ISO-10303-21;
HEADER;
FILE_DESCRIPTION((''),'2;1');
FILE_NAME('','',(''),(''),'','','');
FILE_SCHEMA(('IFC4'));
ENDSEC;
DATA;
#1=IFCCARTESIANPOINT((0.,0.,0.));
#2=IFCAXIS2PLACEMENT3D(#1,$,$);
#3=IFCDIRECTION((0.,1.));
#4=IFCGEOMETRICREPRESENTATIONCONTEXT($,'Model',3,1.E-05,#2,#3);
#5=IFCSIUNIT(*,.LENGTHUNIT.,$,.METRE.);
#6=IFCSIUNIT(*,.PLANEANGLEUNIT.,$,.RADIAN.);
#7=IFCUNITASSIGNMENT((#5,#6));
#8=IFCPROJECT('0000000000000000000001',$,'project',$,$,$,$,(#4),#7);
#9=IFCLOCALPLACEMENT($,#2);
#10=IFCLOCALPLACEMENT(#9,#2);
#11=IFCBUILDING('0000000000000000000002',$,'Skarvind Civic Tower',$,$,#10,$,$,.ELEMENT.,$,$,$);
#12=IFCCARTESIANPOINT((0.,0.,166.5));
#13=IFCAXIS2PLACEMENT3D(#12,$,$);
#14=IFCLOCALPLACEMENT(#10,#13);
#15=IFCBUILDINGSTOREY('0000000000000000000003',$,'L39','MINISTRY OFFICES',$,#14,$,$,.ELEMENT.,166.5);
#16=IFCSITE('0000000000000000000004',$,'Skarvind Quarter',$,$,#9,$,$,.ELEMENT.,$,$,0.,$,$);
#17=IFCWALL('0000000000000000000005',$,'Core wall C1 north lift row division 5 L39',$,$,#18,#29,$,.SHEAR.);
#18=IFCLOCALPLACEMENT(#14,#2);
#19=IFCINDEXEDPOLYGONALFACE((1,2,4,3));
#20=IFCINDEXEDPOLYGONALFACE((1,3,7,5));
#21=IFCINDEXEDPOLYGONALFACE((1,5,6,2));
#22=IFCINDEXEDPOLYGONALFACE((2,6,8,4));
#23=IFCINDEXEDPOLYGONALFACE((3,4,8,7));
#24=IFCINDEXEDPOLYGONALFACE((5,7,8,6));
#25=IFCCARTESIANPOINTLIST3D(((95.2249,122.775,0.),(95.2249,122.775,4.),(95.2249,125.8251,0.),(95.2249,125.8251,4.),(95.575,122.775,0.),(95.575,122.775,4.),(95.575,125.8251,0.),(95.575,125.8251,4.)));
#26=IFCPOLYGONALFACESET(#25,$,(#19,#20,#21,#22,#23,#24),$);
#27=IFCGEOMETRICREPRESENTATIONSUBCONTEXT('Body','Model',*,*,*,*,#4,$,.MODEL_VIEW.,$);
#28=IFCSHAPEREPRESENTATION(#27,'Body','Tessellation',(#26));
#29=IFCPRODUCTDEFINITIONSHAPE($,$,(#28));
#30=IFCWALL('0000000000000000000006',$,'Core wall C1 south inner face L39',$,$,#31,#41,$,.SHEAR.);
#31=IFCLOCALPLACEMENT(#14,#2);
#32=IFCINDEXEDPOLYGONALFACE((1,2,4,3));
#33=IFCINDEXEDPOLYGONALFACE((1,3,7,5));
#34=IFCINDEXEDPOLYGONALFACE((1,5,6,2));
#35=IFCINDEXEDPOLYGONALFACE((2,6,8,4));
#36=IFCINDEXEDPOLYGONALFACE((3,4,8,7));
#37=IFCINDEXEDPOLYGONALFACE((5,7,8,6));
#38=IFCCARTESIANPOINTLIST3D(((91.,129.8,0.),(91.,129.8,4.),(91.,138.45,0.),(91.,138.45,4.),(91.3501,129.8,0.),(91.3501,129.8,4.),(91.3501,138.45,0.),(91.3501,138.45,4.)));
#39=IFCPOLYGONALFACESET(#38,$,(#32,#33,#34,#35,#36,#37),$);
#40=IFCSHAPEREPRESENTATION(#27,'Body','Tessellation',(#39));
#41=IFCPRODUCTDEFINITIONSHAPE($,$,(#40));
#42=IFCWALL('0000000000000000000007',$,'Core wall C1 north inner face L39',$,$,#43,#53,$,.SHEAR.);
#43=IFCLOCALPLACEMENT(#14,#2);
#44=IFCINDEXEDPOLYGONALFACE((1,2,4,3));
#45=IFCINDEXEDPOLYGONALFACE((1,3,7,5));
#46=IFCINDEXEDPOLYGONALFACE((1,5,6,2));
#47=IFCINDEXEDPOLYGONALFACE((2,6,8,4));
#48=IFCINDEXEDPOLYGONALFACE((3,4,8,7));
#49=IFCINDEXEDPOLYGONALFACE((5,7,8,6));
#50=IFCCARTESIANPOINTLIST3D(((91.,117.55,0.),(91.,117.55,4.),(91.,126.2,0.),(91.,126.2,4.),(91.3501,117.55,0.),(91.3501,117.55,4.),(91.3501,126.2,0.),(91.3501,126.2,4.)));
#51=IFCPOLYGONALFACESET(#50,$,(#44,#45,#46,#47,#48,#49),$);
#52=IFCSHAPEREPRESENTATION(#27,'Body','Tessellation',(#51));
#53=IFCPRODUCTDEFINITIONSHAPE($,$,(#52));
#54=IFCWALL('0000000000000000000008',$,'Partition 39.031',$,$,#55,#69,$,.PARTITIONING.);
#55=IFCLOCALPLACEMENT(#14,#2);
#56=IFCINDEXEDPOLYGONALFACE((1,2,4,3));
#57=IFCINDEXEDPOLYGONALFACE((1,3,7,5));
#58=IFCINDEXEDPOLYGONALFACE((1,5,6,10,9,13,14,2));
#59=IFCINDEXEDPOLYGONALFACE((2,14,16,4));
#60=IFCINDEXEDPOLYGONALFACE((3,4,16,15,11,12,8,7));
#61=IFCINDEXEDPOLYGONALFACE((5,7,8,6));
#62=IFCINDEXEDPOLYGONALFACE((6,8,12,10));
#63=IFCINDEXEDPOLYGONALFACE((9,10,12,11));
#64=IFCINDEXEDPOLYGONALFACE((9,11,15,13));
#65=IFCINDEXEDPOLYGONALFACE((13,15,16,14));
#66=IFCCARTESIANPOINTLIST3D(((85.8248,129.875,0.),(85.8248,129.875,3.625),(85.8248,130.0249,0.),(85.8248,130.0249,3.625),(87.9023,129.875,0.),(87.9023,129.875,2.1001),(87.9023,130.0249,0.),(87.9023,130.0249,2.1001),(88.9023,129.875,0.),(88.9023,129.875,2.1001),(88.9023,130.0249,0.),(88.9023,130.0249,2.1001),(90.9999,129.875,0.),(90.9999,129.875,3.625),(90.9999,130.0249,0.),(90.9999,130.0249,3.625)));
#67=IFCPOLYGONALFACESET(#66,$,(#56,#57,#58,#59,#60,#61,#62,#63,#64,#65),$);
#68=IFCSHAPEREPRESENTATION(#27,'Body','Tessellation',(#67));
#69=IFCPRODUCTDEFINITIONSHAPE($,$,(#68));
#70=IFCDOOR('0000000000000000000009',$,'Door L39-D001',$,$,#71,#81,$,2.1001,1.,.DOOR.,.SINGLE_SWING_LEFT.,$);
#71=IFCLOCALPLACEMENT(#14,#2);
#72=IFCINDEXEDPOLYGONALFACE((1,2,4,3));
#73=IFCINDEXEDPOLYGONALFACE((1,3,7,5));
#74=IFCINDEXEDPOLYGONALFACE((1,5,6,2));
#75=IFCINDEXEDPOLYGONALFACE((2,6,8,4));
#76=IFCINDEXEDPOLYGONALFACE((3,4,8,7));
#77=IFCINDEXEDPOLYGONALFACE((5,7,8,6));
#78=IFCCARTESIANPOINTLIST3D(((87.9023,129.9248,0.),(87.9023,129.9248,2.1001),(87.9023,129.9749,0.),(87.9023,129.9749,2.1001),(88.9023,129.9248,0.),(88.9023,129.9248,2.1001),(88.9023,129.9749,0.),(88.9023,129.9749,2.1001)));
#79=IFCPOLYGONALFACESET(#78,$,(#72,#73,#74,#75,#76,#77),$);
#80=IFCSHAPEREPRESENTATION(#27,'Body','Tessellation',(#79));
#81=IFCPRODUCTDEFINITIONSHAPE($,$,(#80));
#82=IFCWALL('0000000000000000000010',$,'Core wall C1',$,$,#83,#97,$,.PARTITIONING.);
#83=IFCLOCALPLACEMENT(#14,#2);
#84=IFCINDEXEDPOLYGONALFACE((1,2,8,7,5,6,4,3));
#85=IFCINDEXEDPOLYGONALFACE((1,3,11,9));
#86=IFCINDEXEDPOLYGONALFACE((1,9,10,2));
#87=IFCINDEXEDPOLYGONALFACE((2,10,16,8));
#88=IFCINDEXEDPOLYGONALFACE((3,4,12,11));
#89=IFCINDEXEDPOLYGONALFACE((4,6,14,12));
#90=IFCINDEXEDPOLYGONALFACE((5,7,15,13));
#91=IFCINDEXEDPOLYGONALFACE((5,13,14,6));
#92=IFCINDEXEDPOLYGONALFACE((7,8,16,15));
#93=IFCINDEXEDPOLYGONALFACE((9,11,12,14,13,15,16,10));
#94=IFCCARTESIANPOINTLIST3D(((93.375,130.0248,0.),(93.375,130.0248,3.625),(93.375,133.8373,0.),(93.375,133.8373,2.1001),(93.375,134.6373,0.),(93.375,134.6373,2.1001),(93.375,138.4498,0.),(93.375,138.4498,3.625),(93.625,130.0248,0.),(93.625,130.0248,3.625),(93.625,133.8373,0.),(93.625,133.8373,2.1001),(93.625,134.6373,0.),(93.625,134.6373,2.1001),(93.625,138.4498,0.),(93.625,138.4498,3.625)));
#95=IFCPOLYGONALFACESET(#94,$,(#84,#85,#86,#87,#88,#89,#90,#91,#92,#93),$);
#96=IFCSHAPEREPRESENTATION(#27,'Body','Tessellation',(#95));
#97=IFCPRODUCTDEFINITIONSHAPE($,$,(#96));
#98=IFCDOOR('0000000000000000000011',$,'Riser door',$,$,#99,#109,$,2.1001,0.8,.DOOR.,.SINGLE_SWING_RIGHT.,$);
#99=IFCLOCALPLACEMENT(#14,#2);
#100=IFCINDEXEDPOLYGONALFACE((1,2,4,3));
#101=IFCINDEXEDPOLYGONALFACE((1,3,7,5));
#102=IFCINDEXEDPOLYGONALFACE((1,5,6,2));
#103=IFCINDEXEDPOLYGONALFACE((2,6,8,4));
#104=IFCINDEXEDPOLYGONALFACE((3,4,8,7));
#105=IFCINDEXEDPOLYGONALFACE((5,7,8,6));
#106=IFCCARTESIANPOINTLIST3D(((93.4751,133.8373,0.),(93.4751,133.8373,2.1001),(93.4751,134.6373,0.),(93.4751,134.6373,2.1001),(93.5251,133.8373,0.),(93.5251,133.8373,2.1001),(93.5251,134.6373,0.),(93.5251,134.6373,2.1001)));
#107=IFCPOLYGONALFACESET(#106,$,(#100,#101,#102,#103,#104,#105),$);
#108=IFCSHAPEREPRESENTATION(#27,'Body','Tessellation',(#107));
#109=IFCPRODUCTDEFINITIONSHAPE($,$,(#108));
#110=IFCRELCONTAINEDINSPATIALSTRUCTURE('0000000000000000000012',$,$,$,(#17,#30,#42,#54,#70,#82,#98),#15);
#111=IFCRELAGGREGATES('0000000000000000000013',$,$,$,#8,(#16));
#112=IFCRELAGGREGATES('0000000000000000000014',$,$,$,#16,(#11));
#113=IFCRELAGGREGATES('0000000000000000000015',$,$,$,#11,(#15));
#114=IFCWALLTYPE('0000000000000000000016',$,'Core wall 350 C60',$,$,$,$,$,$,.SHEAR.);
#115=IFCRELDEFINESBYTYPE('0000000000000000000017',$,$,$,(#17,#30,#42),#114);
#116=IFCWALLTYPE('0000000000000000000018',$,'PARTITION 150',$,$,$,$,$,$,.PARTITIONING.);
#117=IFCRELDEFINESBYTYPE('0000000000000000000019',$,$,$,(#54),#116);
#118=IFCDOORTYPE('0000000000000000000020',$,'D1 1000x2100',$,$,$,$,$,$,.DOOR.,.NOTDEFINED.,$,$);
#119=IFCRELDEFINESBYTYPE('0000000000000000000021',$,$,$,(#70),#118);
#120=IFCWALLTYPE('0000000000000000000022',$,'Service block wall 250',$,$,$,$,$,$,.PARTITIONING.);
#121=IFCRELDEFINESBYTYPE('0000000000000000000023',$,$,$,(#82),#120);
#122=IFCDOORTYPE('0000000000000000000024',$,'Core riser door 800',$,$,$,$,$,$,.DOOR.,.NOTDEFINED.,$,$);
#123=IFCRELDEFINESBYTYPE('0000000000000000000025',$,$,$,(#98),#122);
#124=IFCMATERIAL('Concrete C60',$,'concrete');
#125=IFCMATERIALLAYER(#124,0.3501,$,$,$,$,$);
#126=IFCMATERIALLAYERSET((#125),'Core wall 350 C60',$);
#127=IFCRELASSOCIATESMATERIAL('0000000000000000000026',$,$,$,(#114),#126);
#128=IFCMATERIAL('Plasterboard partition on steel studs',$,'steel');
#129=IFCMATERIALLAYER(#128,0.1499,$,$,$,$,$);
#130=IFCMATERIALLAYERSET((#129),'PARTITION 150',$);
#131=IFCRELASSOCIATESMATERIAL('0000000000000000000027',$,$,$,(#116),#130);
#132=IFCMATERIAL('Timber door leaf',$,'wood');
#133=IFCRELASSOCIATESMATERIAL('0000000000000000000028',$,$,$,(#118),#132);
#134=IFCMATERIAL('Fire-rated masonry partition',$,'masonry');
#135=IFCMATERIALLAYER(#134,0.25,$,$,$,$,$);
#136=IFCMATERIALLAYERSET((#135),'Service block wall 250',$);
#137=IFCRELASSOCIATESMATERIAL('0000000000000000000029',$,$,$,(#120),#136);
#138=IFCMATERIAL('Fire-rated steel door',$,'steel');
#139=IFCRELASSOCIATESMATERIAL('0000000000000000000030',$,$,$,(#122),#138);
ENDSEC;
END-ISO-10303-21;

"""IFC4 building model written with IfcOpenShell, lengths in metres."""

from ifc_helpers import new_model, si_unit, direction, frame, frame_2d, origin, place, context, subcontext, project, spatial, rectangle, extrude, material, layer, layer_set, type_object, element, fill, save


model = new_model("IFC4")

# Units and contexts
model_context = context("Model", 3, precision=1e-05, world=origin(), true_north=direction((0.0, 1.0)))
body_context = subcontext(model_context, "Body", "Model", "MODEL_VIEW")
ifc_project = project(units=[si_unit("LENGTHUNIT", "METRE"), si_unit("PLANEANGLEUNIT", "RADIAN")], contexts=[model_context])

# Site, building, storey
site_placement = place(None, origin())
site = spatial("IfcSite", under=ifc_project, at=site_placement, Name="Skarvind Quarter", CompositionType="ELEMENT", RefElevation=0.0)
building_placement = place(site_placement, origin())
building = spatial("IfcBuilding", under=site, at=building_placement, Name="Skarvind Civic Tower", CompositionType="ELEMENT")
storey_placement = place(building_placement, frame((0.0, 0.0, 166.5)))
storey = spatial("IfcBuildingStorey", under=building, at=storey_placement, Name="L39", Description="MINISTRY OFFICES", CompositionType="ELEMENT", Elevation=166.5)

# Shared definitions
ifc_material_1 = material(Name="Concrete C60", Category="concrete")

# Shared definitions
ifc_material_2 = material(Name="Fire-rated masonry partition", Category="masonry")
ifc_material_3 = material(Name="Fire-rated steel door", Category="steel")

# Walls
ifc_layer_1 = layer(ifc_material_1, 0.3501)
ifc_layer_set_1 = layer_set([ifc_layer_1], Name="Core wall 350 C60")
wall_type_1 = type_object("IfcWallType", Name="Core wall 350 C60", PredefinedType="SHEAR", material=ifc_layer_set_1)
for number, where, z_axis, x_axis, name in (
    (1, (95.3999, 125.825, 0.0), (0.0, 0.0, 1.0), (0.0, -1.0, 0.0), "Core wall C1 north lift row division 5 L39"),
):
    element("IfcWall", number, at=place(storey_placement, frame(where, z_axis=z_axis, x_axis=x_axis)), inside=storey, type_object=wall_type_1, Name=name, PredefinedType="SHEAR", context=body_context, shape_type="SweptSolid", body=[
        extrude(rectangle(XDim=3.05, YDim=0.3501, at=frame_2d((1.5249, 0.0))), origin(), (0.0, 0.0, 1.0), 4.0),
    ])
for number, where, z_axis, x_axis, name in (
    (2, (91.175, 138.45, 0.0), (0.0, 0.0, 1.0), (0.0, -1.0, 0.0), "Core wall C1 south inner face L39"),
    (3, (91.175, 126.2, 0.0), (0.0, 0.0, 1.0), (0.0, -1.0, 0.0), "Core wall C1 north inner face L39"),
):
    element("IfcWall", number, at=place(storey_placement, frame(where, z_axis=z_axis, x_axis=x_axis)), inside=storey, type_object=wall_type_1, Name=name, PredefinedType="SHEAR", context=body_context, shape_type="SweptSolid", body=[
        extrude(rectangle(XDim=8.6499, YDim=0.3501, at=frame_2d((4.325, 0.0))), origin(), (0.0, 0.0, 1.0), 4.0),
    ])

# Walls, openings, doors
ifc_material_4 = material(Name="Plasterboard partition on steel studs", Category="steel")
ifc_layer_2 = layer(ifc_material_4, 0.1499)
ifc_layer_set_2 = layer_set([ifc_layer_2], Name="PARTITION 150")
wall_type_2 = type_object("IfcWallType", Name="PARTITION 150", PredefinedType="PARTITIONING", material=ifc_layer_set_2)
wall_1_placement = place(storey_placement, frame((85.825, 129.95, 0.0), z_axis=(0.0, 0.0, 1.0), x_axis=(1.0, 0.0, 0.0)))
wall_1 = element("IfcWall", 4, at=wall_1_placement, inside=storey, type_object=wall_type_2, Name="Partition 39.031", PredefinedType="PARTITIONING", context=body_context, shape_type="SweptSolid", body=[
    extrude(rectangle(XDim=5.175, YDim=0.1499, at=frame_2d((2.5874, 0.0))), origin(), (0.0, 0.0, 1.0), 3.625),
])
opening_1_placement = place(wall_1_placement, frame((2.0774, 0.0, 0.0)))
opening_1 = element("IfcOpeningElement", 5, at=opening_1_placement, cuts=wall_1, PredefinedType="OPENING", context=body_context, shape_type="SweptSolid", body=[
    extrude(rectangle(XDim=1.0, YDim=2.1001, at=frame_2d((0.5, 1.05))), frame((0.0, 0.085, 0.0), z_axis=(0.0, -1.0, 0.0), x_axis=(1.0, 0.0, 0.0)), (0.0, 0.0, 1.0), 0.1699),
])
ifc_material_5 = material(Name="Timber door leaf", Category="wood")
door_type_1 = type_object("IfcDoorType", Name="D1 1000x2100", OperationType="NOTDEFINED", PredefinedType="DOOR", material=ifc_material_5)
door_1_placement = place(opening_1_placement, origin())
door_1 = element("IfcDoor", 6, at=door_1_placement, inside=storey, type_object=door_type_1, Name="Door L39-D001", OperationType="SINGLE_SWING_LEFT", OverallHeight=2.1001, OverallWidth=1.0, PredefinedType="DOOR", context=body_context, shape_type="SweptSolid", body=[
    extrude(rectangle(XDim=1.0, YDim=2.1001, at=frame_2d((0.5, 1.05))), frame((0.0, 0.0249, 0.0), z_axis=(0.0, -1.0, 0.0), x_axis=(1.0, 0.0, 0.0)), (0.0, 0.0, 1.0), 0.05),
])
fill(opening_1, door_1)
ifc_layer_3 = layer(ifc_material_2, 0.25)
ifc_layer_set_3 = layer_set([ifc_layer_3], Name="Service block wall 250")
wall_type_3 = type_object("IfcWallType", Name="Service block wall 250", PredefinedType="PARTITIONING", material=ifc_layer_set_3)
wall_2_placement = place(storey_placement, frame((93.5, 130.0249, 0.0), z_axis=(0.0, 0.0, 1.0), x_axis=(0.0, 1.0, 0.0)))
wall_2 = element("IfcWall", 7, at=wall_2_placement, inside=storey, type_object=wall_type_3, Name="Core wall C1", PredefinedType="PARTITIONING", context=body_context, shape_type="SweptSolid", body=[
    extrude(rectangle(XDim=8.425, YDim=0.25, at=frame_2d((4.2124, 0.0))), origin(), (0.0, 0.0, 1.0), 3.625),
])
opening_2_placement = place(wall_2_placement, frame((3.8125, 0.0, 0.0)))
opening_2 = element("IfcOpeningElement", 8, at=opening_2_placement, cuts=wall_2, PredefinedType="OPENING", context=body_context, shape_type="SweptSolid", body=[
    extrude(rectangle(XDim=0.8, YDim=2.1001, at=frame_2d((0.3999, 1.05))), frame((0.0, 0.135, 0.0), z_axis=(0.0, -1.0, 0.0), x_axis=(1.0, 0.0, 0.0)), (0.0, 0.0, 1.0), 0.27),
])
door_type_2 = type_object("IfcDoorType", Name="Core riser door 800", OperationType="NOTDEFINED", PredefinedType="DOOR", material=ifc_material_3)
door_2_placement = place(opening_2_placement, origin())
door_2 = element("IfcDoor", 9, at=door_2_placement, inside=storey, type_object=door_type_2, Name="Riser door", OperationType="SINGLE_SWING_RIGHT", OverallHeight=2.1001, OverallWidth=0.8, PredefinedType="DOOR", context=body_context, shape_type="SweptSolid", body=[
    extrude(rectangle(XDim=0.8, YDim=2.1001, at=frame_2d((0.3999, 1.05))), frame((0.0, 0.0249, 0.0), z_axis=(0.0, -1.0, 0.0), x_axis=(1.0, 0.0, 0.0)), (0.0, 0.0, 1.0), 0.05),
])
fill(opening_2, door_2)

save(model, "model.ifc")
